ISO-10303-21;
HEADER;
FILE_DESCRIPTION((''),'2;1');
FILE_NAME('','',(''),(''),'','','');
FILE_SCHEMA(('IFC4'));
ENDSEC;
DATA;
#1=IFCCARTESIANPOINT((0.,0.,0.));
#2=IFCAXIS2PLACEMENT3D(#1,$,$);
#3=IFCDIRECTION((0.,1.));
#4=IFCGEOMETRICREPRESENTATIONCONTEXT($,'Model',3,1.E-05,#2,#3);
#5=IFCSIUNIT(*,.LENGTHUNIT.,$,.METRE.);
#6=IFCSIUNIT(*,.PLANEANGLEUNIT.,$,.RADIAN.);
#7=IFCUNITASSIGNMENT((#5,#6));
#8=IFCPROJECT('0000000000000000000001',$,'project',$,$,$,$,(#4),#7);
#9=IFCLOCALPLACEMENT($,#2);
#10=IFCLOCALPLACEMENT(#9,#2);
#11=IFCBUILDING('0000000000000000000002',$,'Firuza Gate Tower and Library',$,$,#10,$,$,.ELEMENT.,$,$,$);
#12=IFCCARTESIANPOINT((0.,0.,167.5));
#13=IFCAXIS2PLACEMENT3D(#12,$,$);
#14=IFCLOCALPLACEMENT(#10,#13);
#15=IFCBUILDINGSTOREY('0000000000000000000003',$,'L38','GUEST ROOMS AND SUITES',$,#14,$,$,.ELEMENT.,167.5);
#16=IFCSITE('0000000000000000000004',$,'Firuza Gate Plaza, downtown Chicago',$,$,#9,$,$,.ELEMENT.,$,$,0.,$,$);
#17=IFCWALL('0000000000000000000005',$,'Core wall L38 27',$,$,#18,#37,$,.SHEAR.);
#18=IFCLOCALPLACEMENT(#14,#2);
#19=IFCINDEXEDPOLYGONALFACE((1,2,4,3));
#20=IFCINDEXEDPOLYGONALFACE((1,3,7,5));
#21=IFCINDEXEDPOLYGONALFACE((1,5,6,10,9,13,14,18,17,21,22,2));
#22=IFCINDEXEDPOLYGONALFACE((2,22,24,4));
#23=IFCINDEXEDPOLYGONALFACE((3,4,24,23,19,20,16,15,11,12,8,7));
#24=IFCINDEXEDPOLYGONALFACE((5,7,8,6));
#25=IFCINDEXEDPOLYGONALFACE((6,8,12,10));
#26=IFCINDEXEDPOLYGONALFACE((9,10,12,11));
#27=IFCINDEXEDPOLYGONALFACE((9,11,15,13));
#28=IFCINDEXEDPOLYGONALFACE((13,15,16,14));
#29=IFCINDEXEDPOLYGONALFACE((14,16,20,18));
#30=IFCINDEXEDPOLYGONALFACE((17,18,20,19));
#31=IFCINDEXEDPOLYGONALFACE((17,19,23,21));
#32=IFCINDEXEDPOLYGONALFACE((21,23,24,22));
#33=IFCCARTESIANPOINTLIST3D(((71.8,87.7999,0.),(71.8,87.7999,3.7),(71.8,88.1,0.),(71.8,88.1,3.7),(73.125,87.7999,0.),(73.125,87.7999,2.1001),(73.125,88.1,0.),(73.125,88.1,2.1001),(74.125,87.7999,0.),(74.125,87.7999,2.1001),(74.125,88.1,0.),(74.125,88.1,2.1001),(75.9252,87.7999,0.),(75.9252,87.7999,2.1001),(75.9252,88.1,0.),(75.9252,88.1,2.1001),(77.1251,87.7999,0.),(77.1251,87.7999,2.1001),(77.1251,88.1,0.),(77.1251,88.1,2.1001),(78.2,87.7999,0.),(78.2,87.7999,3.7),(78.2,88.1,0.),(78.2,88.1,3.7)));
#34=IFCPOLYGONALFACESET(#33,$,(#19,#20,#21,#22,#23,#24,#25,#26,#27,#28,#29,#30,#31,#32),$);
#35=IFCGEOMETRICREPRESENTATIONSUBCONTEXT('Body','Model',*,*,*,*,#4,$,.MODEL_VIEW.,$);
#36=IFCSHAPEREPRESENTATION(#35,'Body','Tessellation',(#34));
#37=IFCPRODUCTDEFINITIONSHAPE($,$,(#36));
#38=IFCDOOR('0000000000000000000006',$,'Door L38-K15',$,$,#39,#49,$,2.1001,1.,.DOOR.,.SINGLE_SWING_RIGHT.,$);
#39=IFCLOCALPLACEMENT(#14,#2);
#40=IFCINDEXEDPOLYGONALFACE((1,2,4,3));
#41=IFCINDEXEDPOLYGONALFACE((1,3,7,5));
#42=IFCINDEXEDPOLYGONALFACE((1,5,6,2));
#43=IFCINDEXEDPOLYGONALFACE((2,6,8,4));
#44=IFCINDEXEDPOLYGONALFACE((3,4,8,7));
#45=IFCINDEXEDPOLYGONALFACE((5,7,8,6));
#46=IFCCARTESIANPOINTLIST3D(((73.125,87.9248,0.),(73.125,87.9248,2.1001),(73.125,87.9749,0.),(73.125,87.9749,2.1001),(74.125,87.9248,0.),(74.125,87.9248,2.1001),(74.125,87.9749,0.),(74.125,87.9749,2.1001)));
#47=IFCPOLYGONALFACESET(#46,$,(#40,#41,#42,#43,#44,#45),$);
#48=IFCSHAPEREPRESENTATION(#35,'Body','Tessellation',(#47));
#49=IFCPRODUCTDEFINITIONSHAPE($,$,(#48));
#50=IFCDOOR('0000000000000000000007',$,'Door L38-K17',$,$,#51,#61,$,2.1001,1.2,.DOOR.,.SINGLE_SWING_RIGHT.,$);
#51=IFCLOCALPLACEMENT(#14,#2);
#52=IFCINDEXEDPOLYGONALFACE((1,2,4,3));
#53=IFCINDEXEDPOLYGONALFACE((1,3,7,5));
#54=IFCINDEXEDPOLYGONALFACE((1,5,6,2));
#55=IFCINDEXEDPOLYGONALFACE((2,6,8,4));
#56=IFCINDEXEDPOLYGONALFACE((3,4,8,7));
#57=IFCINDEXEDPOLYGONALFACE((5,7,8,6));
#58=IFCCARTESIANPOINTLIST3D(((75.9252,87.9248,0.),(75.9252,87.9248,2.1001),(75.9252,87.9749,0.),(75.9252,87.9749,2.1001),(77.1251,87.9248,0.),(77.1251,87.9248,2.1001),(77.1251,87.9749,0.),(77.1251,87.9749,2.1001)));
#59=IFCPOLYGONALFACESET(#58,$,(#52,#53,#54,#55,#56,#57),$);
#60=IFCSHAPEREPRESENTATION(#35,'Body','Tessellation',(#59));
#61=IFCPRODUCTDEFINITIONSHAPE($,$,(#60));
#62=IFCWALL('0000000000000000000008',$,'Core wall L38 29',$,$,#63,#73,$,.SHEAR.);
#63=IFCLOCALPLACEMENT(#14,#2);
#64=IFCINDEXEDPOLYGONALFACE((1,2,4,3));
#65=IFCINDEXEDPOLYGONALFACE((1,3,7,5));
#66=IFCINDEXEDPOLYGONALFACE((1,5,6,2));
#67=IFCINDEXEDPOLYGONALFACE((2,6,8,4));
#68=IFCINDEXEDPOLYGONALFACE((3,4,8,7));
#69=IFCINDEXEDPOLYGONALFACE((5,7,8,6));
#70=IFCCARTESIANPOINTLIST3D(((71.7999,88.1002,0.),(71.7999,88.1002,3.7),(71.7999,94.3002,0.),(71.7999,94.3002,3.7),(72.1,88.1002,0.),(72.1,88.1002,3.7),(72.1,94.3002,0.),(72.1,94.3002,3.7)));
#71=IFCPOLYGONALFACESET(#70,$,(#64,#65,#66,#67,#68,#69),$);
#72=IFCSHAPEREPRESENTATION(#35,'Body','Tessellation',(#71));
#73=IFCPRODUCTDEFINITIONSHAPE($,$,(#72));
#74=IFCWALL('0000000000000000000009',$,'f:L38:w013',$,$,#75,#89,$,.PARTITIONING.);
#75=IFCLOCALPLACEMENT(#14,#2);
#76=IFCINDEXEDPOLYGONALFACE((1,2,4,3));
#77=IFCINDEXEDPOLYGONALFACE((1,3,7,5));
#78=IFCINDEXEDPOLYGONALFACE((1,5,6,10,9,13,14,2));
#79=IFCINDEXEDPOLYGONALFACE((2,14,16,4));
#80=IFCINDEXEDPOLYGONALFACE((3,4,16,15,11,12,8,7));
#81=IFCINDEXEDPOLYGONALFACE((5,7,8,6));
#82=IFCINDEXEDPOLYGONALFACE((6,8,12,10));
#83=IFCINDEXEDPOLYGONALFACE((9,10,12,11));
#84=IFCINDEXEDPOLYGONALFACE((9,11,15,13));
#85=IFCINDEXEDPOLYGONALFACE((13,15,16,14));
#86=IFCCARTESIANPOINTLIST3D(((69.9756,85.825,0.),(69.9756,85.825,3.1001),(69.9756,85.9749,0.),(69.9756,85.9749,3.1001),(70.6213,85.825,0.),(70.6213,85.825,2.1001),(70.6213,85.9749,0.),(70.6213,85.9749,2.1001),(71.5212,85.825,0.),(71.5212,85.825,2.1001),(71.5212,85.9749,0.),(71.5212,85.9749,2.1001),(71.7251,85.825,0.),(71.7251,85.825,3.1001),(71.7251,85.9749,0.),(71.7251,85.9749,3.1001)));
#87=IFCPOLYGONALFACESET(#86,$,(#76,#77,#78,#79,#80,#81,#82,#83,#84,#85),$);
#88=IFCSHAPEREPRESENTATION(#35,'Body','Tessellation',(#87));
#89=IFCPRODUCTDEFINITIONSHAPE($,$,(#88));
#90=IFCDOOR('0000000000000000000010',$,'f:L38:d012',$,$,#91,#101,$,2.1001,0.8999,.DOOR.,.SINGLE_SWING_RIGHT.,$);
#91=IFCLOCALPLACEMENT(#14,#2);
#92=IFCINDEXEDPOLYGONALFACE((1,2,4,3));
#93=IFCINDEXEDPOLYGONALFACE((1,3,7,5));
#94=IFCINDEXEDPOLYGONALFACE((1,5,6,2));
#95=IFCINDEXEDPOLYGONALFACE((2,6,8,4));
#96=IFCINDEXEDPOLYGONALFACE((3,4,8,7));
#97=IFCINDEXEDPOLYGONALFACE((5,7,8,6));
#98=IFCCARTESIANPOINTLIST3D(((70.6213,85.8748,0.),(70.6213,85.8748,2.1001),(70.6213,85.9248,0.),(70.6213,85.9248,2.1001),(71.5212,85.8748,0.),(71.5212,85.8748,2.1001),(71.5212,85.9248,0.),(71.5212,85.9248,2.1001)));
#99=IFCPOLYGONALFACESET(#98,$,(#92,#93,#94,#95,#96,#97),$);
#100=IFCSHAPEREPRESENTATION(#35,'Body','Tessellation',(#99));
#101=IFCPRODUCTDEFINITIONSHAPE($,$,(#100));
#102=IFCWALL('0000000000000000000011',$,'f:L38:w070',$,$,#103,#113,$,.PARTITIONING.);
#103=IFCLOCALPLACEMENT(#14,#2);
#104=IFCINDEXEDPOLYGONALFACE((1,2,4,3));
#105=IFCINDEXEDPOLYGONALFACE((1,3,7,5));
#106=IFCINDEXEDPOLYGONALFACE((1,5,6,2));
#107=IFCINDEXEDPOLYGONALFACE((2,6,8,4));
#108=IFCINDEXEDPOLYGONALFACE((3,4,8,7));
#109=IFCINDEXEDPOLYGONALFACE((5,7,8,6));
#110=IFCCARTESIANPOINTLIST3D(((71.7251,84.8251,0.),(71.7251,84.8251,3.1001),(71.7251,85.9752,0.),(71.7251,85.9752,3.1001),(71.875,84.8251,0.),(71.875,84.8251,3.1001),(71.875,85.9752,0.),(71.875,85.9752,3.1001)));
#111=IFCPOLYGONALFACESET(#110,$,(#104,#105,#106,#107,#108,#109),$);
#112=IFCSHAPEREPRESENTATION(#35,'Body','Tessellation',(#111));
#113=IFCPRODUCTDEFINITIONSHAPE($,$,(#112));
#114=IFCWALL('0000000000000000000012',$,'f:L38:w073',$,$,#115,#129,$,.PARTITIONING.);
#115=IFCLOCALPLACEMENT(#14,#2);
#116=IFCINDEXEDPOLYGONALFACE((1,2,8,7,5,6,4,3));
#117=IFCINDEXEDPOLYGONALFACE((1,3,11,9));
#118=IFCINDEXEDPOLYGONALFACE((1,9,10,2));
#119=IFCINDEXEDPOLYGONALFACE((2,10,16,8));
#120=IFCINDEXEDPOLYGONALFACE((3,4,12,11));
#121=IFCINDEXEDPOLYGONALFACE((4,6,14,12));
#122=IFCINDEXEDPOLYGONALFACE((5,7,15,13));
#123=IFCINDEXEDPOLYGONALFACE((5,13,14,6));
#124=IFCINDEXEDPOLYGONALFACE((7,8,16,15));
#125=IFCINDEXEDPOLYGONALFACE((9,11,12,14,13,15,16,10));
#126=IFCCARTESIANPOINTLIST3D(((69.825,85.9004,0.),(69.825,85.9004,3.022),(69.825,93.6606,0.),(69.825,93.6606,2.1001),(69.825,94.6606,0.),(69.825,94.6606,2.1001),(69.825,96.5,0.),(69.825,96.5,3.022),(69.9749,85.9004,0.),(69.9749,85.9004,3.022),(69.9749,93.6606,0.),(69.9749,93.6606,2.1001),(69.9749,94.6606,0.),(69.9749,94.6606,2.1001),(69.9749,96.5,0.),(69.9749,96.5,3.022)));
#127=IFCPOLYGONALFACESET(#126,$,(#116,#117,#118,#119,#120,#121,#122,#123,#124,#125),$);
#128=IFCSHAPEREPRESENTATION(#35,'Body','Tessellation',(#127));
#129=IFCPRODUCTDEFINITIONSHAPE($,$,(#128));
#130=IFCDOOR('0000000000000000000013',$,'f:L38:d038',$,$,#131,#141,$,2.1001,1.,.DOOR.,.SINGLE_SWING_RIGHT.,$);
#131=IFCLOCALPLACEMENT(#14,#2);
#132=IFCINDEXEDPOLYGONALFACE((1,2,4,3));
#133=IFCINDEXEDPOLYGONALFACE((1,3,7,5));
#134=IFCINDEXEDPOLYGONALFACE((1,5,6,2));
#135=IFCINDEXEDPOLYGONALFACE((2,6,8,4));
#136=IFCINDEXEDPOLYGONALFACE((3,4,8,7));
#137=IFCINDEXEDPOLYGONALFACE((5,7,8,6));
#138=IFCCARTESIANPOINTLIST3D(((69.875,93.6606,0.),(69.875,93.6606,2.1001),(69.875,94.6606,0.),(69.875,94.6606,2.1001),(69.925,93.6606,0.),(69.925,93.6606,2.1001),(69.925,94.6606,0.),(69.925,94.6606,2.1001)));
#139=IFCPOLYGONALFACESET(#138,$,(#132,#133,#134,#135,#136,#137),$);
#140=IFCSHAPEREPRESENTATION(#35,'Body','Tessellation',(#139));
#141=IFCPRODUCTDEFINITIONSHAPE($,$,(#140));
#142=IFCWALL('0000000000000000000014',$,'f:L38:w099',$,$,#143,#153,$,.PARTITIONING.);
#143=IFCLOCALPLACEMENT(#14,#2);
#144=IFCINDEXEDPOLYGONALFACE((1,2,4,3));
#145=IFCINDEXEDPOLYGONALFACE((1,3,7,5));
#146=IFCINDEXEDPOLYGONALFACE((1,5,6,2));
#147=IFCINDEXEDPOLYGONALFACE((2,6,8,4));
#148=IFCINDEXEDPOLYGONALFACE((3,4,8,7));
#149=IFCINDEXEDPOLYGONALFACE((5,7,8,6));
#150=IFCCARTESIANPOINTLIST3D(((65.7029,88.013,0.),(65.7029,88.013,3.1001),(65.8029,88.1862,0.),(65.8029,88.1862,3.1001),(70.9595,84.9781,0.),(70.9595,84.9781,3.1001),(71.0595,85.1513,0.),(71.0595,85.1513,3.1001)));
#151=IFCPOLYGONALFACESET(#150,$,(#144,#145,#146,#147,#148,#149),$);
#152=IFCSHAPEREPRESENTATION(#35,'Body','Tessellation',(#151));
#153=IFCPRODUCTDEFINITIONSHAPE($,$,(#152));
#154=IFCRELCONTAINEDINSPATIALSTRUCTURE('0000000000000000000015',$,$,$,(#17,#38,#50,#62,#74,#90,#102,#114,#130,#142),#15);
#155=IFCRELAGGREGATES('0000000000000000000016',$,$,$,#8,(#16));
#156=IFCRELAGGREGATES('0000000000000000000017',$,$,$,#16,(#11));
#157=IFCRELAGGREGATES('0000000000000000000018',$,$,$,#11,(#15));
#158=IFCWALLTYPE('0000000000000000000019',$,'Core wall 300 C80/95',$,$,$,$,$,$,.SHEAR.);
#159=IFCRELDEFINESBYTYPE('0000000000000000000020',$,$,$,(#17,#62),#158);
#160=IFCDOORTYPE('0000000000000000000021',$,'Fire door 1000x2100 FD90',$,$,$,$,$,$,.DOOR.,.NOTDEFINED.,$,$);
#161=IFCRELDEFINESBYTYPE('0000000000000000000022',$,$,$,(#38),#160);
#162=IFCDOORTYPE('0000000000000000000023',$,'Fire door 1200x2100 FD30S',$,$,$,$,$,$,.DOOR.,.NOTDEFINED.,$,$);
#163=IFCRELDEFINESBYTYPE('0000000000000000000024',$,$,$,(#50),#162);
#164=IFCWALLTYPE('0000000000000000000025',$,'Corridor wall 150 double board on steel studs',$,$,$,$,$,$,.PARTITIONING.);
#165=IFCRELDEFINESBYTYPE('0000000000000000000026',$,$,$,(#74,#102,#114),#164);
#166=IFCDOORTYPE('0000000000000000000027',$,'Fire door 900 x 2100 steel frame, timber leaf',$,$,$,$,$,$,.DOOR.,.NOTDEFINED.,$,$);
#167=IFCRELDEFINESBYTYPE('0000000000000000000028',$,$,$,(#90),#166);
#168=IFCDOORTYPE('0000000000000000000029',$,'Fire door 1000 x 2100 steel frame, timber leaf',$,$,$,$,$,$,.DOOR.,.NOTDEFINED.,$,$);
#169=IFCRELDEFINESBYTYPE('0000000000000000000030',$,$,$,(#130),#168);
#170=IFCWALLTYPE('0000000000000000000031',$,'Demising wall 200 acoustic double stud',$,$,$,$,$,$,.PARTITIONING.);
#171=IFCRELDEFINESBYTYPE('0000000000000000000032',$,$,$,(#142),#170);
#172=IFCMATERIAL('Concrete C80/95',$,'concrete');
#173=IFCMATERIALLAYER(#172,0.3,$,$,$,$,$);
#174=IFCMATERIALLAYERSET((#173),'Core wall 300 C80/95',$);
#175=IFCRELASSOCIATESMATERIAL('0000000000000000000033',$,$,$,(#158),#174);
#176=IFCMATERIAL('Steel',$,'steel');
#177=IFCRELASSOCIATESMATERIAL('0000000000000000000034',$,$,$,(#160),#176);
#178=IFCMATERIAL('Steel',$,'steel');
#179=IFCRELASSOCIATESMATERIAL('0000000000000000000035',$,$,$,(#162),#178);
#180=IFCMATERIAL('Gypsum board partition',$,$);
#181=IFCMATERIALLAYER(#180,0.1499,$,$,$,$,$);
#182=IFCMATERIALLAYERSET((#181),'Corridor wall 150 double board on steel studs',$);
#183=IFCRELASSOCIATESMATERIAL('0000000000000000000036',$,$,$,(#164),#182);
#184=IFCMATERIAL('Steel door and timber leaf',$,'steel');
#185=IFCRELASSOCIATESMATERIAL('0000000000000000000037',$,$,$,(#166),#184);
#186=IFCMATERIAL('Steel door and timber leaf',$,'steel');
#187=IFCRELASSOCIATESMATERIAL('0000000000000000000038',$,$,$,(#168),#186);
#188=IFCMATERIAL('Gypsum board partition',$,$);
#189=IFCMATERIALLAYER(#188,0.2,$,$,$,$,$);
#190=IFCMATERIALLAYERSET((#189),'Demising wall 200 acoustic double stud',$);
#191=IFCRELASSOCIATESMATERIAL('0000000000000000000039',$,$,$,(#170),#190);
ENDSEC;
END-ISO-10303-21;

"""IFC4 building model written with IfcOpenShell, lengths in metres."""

from ifc_helpers import new_model, si_unit, direction, frame, frame_2d, origin, place, context, subcontext, project, spatial, rectangle, extrude, material, layer, layer_set, type_object, element, fill, save


model = new_model("IFC4")

# Units and contexts
model_context = context("Model", 3, precision=1e-05, world=origin(), true_north=direction((0.0, 1.0)))
body_context = subcontext(model_context, "Body", "Model", "MODEL_VIEW")
ifc_project = project(units=[si_unit("LENGTHUNIT", "METRE"), si_unit("PLANEANGLEUNIT", "RADIAN")], contexts=[model_context])

# Site, building, storey
site_placement = place(None, origin())
site = spatial("IfcSite", under=ifc_project, at=site_placement, Name="Firuza Gate Plaza, downtown Chicago", CompositionType="ELEMENT", RefElevation=0.0)
building_placement = place(site_placement, origin())
building = spatial("IfcBuilding", under=site, at=building_placement, Name="Firuza Gate Tower and Library", CompositionType="ELEMENT")
storey_placement = place(building_placement, frame((0.0, 0.0, 167.5)))
storey = spatial("IfcBuildingStorey", under=building, at=storey_placement, Name="L38", Description="GUEST ROOMS AND SUITES", CompositionType="ELEMENT", Elevation=167.5)

# Shared definitions
ifc_material_1 = material(Name="Concrete C80/95", Category="concrete")
ifc_layer_1 = layer(ifc_material_1, 0.3)
ifc_layer_set_1 = layer_set([ifc_layer_1], Name="Core wall 300 C80/95")
wall_type_1 = type_object("IfcWallType", Name="Core wall 300 C80/95", PredefinedType="SHEAR", material=ifc_layer_set_1)

# Wall, openings, doors
wall_1_placement = place(storey_placement, frame((71.8, 87.95, 0.0), z_axis=(0.0, 0.0, 1.0), x_axis=(1.0, 0.0, 0.0)))
wall_1 = element("IfcWall", 1, at=wall_1_placement, inside=storey, type_object=wall_type_1, Name="Core wall L38 27", PredefinedType="SHEAR", context=body_context, shape_type="SweptSolid", body=[
    extrude(rectangle(XDim=6.3999, YDim=0.3, at=frame_2d((3.2, 0.0))), origin(), (0.0, 0.0, 1.0), 3.7),
])
opening_1_placement = place(wall_1_placement, frame((1.325, 0.0, 0.0)))
opening_1 = element("IfcOpeningElement", 2, at=opening_1_placement, cuts=wall_1, PredefinedType="OPENING", context=body_context, shape_type="SweptSolid", body=[
    extrude(rectangle(XDim=1.0, YDim=2.1001, at=frame_2d((0.5, 1.05))), frame((0.0, 0.1602, 0.0), z_axis=(0.0, -1.0, 0.0), x_axis=(1.0, 0.0, 0.0)), (0.0, 0.0, 1.0), 0.3201),
])
opening_2_placement = place(wall_1_placement, frame((4.125, 0.0, 0.0)))
opening_2 = element("IfcOpeningElement", 3, at=opening_2_placement, cuts=wall_1, PredefinedType="OPENING", context=body_context, shape_type="SweptSolid", body=[
    extrude(rectangle(XDim=1.2, YDim=2.1001, at=frame_2d((0.6001, 1.05))), frame((0.0, 0.1602, 0.0), z_axis=(0.0, -1.0, 0.0), x_axis=(1.0, 0.0, 0.0)), (0.0, 0.0, 1.0), 0.3201),
])
ifc_material_2 = material(Name="Steel", Category="steel")
door_type_1 = type_object("IfcDoorType", Name="Fire door 1000x2100 FD90", OperationType="NOTDEFINED", PredefinedType="DOOR", material=ifc_material_2)
door_1_placement = place(opening_1_placement, origin())
door_1 = element("IfcDoor", 4, at=door_1_placement, inside=storey, type_object=door_type_1, Name="Door L38-K15", OperationType="SINGLE_SWING_RIGHT", OverallHeight=2.1001, OverallWidth=1.0, PredefinedType="DOOR", context=body_context, shape_type="SweptSolid", body=[
    extrude(rectangle(XDim=1.0, YDim=2.1001, at=frame_2d((0.5, 1.05))), frame((0.0, 0.0249, 0.0), z_axis=(0.0, -1.0, 0.0), x_axis=(1.0, 0.0, 0.0)), (0.0, 0.0, 1.0), 0.05),
])
fill(opening_1, door_1)
ifc_material_3 = material(Name="Steel", Category="steel")
door_type_2 = type_object("IfcDoorType", Name="Fire door 1200x2100 FD30S", OperationType="NOTDEFINED", PredefinedType="DOOR", material=ifc_material_3)
door_2_placement = place(opening_2_placement, origin())
door_2 = element("IfcDoor", 5, at=door_2_placement, inside=storey, type_object=door_type_2, Name="Door L38-K17", OperationType="SINGLE_SWING_RIGHT", OverallHeight=2.1001, OverallWidth=1.2, PredefinedType="DOOR", context=body_context, shape_type="SweptSolid", body=[
    extrude(rectangle(XDim=1.2, YDim=2.1001, at=frame_2d((0.6001, 1.05))), frame((0.0, 0.0249, 0.0), z_axis=(0.0, -1.0, 0.0), x_axis=(1.0, 0.0, 0.0)), (0.0, 0.0, 1.0), 0.05),
])
fill(opening_2, door_2)

# Wall
wall_2_placement = place(storey_placement, frame((71.95, 88.1001, 0.0), z_axis=(0.0, 0.0, 1.0), x_axis=(0.0, 1.0, 0.0)))
element("IfcWall", 6, at=wall_2_placement, inside=storey, type_object=wall_type_1, Name="Core wall L38 29", PredefinedType="SHEAR", context=body_context, shape_type="SweptSolid", body=[
    extrude(rectangle(XDim=6.2, YDim=0.3, at=frame_2d((3.1001, 0.0))), origin(), (0.0, 0.0, 1.0), 3.7),
])

# Wall, opening, door
ifc_material_4 = material(Name="Gypsum board partition")
ifc_layer_2 = layer(ifc_material_4, 0.1499)
ifc_layer_set_2 = layer_set([ifc_layer_2], Name="Corridor wall 150 double board on steel studs")
wall_type_2 = type_object("IfcWallType", Name="Corridor wall 150 double board on steel studs", PredefinedType="PARTITIONING", material=ifc_layer_set_2)
wall_3_placement = place(storey_placement, frame((69.9756, 85.8999, 0.0), z_axis=(0.0, 0.0, 1.0), x_axis=(1.0, 0.0, 0.0)))
wall_3 = element("IfcWall", 7, at=wall_3_placement, inside=storey, type_object=wall_type_2, Name="f:L38:w013", PredefinedType="PARTITIONING", context=body_context, shape_type="SweptSolid", body=[
    extrude(rectangle(XDim=1.7495, YDim=0.1499, at=frame_2d((0.8748, 0.0))), origin(), (0.0, 0.0, 1.0), 3.1001),
])
opening_3_placement = place(wall_3_placement, frame((0.6458, 0.0, 0.0)))
opening_3 = element("IfcOpeningElement", 8, at=opening_3_placement, cuts=wall_3, PredefinedType="OPENING", context=body_context, shape_type="SweptSolid", body=[
    extrude(rectangle(XDim=0.8999, YDim=2.1001, at=frame_2d((0.45, 1.05))), frame((0.0, 0.085, 0.0), z_axis=(0.0, -1.0, 0.0), x_axis=(1.0, 0.0, 0.0)), (0.0, 0.0, 1.0), 0.1699),
])
ifc_material_5 = material(Name="Steel door and timber leaf", Category="steel")
door_type_3 = type_object("IfcDoorType", Name="Fire door 900 x 2100 steel frame, timber leaf", OperationType="NOTDEFINED", PredefinedType="DOOR", material=ifc_material_5)
door_3_placement = place(opening_3_placement, origin())
door_3 = element("IfcDoor", 9, at=door_3_placement, inside=storey, type_object=door_type_3, Name="f:L38:d012", OperationType="SINGLE_SWING_RIGHT", OverallHeight=2.1001, OverallWidth=0.8999, PredefinedType="DOOR", context=body_context, shape_type="SweptSolid", body=[
    extrude(rectangle(XDim=0.8999, YDim=2.1001, at=frame_2d((0.45, 1.05))), frame((0.0, 0.0249, 0.0), z_axis=(0.0, -1.0, 0.0), x_axis=(1.0, 0.0, 0.0)), (0.0, 0.0, 1.0), 0.05),
])
fill(opening_3, door_3)

# Wall
wall_4_placement = place(storey_placement, frame((71.8, 84.825, 0.0), z_axis=(0.0, 0.0, 1.0), x_axis=(0.0, 1.0, 0.0)))
element("IfcWall", 10, at=wall_4_placement, inside=storey, type_object=wall_type_2, Name="f:L38:w070", PredefinedType="PARTITIONING", context=body_context, shape_type="SweptSolid", body=[
    extrude(rectangle(XDim=1.1501, YDim=0.1499, at=frame_2d((0.5752, 0.0))), origin(), (0.0, 0.0, 1.0), 3.1001),
])

# Wall, opening, door
wall_5_placement = place(storey_placement, frame((69.8999, 85.9004, 0.0), z_axis=(0.0, 0.0, 1.0), x_axis=(0.0, 1.0, 0.0)))
wall_5 = element("IfcWall", 11, at=wall_5_placement, inside=storey, type_object=wall_type_2, Name="f:L38:w073", PredefinedType="PARTITIONING", context=body_context, shape_type="SweptSolid", body=[
    extrude(rectangle(XDim=10.5996, YDim=0.1499, at=frame_2d((5.2998, 0.0))), origin(), (0.0, 0.0, 1.0), 3.022),
])
opening_4_placement = place(wall_5_placement, frame((7.7603, 0.0, 0.0)))
opening_4 = element("IfcOpeningElement", 12, at=opening_4_placement, cuts=wall_5, PredefinedType="OPENING", context=body_context, shape_type="SweptSolid", body=[
    extrude(rectangle(XDim=1.0, YDim=2.1001, at=frame_2d((0.5, 1.05))), frame((0.0, 0.085, 0.0), z_axis=(0.0, -1.0, 0.0), x_axis=(1.0, 0.0, 0.0)), (0.0, 0.0, 1.0), 0.1699),
])
ifc_material_6 = material(Name="Steel door and timber leaf", Category="steel")
door_type_4 = type_object("IfcDoorType", Name="Fire door 1000 x 2100 steel frame, timber leaf", OperationType="NOTDEFINED", PredefinedType="DOOR", material=ifc_material_6)
door_4_placement = place(opening_4_placement, origin())
door_4 = element("IfcDoor", 13, at=door_4_placement, inside=storey, type_object=door_type_4, Name="f:L38:d038", OperationType="SINGLE_SWING_RIGHT", OverallHeight=2.1001, OverallWidth=1.0, PredefinedType="DOOR", context=body_context, shape_type="SweptSolid", body=[
    extrude(rectangle(XDim=1.0, YDim=2.1001, at=frame_2d((0.5, 1.05))), frame((0.0, 0.0249, 0.0), z_axis=(0.0, -1.0, 0.0), x_axis=(1.0, 0.0, 0.0)), (0.0, 0.0, 1.0), 0.05),
])
fill(opening_4, door_4)

# Wall
ifc_material_7 = material(Name="Gypsum board partition")
ifc_layer_3 = layer(ifc_material_7, 0.2)
ifc_layer_set_3 = layer_set([ifc_layer_3], Name="Demising wall 200 acoustic double stud")
wall_type_3 = type_object("IfcWallType", Name="Demising wall 200 acoustic double stud", PredefinedType="PARTITIONING", material=ifc_layer_set_3)
wall_6_placement = place(storey_placement, frame((71.0095, 85.0647, 0.0), z_axis=(0.0, 0.0, 1.0), x_axis=(-0.866024, 0.500002, 0.0)))
element("IfcWall", 14, at=wall_6_placement, inside=storey, type_object=wall_type_3, Name="f:L38:w099", PredefinedType="PARTITIONING", context=body_context, shape_type="SweptSolid", body=[
    extrude(rectangle(XDim=6.0698, YDim=0.2, at=frame_2d((3.0349, 0.0))), origin(), (0.0, 0.0, 1.0), 3.1001),
])

save(model, "model.ifc")
